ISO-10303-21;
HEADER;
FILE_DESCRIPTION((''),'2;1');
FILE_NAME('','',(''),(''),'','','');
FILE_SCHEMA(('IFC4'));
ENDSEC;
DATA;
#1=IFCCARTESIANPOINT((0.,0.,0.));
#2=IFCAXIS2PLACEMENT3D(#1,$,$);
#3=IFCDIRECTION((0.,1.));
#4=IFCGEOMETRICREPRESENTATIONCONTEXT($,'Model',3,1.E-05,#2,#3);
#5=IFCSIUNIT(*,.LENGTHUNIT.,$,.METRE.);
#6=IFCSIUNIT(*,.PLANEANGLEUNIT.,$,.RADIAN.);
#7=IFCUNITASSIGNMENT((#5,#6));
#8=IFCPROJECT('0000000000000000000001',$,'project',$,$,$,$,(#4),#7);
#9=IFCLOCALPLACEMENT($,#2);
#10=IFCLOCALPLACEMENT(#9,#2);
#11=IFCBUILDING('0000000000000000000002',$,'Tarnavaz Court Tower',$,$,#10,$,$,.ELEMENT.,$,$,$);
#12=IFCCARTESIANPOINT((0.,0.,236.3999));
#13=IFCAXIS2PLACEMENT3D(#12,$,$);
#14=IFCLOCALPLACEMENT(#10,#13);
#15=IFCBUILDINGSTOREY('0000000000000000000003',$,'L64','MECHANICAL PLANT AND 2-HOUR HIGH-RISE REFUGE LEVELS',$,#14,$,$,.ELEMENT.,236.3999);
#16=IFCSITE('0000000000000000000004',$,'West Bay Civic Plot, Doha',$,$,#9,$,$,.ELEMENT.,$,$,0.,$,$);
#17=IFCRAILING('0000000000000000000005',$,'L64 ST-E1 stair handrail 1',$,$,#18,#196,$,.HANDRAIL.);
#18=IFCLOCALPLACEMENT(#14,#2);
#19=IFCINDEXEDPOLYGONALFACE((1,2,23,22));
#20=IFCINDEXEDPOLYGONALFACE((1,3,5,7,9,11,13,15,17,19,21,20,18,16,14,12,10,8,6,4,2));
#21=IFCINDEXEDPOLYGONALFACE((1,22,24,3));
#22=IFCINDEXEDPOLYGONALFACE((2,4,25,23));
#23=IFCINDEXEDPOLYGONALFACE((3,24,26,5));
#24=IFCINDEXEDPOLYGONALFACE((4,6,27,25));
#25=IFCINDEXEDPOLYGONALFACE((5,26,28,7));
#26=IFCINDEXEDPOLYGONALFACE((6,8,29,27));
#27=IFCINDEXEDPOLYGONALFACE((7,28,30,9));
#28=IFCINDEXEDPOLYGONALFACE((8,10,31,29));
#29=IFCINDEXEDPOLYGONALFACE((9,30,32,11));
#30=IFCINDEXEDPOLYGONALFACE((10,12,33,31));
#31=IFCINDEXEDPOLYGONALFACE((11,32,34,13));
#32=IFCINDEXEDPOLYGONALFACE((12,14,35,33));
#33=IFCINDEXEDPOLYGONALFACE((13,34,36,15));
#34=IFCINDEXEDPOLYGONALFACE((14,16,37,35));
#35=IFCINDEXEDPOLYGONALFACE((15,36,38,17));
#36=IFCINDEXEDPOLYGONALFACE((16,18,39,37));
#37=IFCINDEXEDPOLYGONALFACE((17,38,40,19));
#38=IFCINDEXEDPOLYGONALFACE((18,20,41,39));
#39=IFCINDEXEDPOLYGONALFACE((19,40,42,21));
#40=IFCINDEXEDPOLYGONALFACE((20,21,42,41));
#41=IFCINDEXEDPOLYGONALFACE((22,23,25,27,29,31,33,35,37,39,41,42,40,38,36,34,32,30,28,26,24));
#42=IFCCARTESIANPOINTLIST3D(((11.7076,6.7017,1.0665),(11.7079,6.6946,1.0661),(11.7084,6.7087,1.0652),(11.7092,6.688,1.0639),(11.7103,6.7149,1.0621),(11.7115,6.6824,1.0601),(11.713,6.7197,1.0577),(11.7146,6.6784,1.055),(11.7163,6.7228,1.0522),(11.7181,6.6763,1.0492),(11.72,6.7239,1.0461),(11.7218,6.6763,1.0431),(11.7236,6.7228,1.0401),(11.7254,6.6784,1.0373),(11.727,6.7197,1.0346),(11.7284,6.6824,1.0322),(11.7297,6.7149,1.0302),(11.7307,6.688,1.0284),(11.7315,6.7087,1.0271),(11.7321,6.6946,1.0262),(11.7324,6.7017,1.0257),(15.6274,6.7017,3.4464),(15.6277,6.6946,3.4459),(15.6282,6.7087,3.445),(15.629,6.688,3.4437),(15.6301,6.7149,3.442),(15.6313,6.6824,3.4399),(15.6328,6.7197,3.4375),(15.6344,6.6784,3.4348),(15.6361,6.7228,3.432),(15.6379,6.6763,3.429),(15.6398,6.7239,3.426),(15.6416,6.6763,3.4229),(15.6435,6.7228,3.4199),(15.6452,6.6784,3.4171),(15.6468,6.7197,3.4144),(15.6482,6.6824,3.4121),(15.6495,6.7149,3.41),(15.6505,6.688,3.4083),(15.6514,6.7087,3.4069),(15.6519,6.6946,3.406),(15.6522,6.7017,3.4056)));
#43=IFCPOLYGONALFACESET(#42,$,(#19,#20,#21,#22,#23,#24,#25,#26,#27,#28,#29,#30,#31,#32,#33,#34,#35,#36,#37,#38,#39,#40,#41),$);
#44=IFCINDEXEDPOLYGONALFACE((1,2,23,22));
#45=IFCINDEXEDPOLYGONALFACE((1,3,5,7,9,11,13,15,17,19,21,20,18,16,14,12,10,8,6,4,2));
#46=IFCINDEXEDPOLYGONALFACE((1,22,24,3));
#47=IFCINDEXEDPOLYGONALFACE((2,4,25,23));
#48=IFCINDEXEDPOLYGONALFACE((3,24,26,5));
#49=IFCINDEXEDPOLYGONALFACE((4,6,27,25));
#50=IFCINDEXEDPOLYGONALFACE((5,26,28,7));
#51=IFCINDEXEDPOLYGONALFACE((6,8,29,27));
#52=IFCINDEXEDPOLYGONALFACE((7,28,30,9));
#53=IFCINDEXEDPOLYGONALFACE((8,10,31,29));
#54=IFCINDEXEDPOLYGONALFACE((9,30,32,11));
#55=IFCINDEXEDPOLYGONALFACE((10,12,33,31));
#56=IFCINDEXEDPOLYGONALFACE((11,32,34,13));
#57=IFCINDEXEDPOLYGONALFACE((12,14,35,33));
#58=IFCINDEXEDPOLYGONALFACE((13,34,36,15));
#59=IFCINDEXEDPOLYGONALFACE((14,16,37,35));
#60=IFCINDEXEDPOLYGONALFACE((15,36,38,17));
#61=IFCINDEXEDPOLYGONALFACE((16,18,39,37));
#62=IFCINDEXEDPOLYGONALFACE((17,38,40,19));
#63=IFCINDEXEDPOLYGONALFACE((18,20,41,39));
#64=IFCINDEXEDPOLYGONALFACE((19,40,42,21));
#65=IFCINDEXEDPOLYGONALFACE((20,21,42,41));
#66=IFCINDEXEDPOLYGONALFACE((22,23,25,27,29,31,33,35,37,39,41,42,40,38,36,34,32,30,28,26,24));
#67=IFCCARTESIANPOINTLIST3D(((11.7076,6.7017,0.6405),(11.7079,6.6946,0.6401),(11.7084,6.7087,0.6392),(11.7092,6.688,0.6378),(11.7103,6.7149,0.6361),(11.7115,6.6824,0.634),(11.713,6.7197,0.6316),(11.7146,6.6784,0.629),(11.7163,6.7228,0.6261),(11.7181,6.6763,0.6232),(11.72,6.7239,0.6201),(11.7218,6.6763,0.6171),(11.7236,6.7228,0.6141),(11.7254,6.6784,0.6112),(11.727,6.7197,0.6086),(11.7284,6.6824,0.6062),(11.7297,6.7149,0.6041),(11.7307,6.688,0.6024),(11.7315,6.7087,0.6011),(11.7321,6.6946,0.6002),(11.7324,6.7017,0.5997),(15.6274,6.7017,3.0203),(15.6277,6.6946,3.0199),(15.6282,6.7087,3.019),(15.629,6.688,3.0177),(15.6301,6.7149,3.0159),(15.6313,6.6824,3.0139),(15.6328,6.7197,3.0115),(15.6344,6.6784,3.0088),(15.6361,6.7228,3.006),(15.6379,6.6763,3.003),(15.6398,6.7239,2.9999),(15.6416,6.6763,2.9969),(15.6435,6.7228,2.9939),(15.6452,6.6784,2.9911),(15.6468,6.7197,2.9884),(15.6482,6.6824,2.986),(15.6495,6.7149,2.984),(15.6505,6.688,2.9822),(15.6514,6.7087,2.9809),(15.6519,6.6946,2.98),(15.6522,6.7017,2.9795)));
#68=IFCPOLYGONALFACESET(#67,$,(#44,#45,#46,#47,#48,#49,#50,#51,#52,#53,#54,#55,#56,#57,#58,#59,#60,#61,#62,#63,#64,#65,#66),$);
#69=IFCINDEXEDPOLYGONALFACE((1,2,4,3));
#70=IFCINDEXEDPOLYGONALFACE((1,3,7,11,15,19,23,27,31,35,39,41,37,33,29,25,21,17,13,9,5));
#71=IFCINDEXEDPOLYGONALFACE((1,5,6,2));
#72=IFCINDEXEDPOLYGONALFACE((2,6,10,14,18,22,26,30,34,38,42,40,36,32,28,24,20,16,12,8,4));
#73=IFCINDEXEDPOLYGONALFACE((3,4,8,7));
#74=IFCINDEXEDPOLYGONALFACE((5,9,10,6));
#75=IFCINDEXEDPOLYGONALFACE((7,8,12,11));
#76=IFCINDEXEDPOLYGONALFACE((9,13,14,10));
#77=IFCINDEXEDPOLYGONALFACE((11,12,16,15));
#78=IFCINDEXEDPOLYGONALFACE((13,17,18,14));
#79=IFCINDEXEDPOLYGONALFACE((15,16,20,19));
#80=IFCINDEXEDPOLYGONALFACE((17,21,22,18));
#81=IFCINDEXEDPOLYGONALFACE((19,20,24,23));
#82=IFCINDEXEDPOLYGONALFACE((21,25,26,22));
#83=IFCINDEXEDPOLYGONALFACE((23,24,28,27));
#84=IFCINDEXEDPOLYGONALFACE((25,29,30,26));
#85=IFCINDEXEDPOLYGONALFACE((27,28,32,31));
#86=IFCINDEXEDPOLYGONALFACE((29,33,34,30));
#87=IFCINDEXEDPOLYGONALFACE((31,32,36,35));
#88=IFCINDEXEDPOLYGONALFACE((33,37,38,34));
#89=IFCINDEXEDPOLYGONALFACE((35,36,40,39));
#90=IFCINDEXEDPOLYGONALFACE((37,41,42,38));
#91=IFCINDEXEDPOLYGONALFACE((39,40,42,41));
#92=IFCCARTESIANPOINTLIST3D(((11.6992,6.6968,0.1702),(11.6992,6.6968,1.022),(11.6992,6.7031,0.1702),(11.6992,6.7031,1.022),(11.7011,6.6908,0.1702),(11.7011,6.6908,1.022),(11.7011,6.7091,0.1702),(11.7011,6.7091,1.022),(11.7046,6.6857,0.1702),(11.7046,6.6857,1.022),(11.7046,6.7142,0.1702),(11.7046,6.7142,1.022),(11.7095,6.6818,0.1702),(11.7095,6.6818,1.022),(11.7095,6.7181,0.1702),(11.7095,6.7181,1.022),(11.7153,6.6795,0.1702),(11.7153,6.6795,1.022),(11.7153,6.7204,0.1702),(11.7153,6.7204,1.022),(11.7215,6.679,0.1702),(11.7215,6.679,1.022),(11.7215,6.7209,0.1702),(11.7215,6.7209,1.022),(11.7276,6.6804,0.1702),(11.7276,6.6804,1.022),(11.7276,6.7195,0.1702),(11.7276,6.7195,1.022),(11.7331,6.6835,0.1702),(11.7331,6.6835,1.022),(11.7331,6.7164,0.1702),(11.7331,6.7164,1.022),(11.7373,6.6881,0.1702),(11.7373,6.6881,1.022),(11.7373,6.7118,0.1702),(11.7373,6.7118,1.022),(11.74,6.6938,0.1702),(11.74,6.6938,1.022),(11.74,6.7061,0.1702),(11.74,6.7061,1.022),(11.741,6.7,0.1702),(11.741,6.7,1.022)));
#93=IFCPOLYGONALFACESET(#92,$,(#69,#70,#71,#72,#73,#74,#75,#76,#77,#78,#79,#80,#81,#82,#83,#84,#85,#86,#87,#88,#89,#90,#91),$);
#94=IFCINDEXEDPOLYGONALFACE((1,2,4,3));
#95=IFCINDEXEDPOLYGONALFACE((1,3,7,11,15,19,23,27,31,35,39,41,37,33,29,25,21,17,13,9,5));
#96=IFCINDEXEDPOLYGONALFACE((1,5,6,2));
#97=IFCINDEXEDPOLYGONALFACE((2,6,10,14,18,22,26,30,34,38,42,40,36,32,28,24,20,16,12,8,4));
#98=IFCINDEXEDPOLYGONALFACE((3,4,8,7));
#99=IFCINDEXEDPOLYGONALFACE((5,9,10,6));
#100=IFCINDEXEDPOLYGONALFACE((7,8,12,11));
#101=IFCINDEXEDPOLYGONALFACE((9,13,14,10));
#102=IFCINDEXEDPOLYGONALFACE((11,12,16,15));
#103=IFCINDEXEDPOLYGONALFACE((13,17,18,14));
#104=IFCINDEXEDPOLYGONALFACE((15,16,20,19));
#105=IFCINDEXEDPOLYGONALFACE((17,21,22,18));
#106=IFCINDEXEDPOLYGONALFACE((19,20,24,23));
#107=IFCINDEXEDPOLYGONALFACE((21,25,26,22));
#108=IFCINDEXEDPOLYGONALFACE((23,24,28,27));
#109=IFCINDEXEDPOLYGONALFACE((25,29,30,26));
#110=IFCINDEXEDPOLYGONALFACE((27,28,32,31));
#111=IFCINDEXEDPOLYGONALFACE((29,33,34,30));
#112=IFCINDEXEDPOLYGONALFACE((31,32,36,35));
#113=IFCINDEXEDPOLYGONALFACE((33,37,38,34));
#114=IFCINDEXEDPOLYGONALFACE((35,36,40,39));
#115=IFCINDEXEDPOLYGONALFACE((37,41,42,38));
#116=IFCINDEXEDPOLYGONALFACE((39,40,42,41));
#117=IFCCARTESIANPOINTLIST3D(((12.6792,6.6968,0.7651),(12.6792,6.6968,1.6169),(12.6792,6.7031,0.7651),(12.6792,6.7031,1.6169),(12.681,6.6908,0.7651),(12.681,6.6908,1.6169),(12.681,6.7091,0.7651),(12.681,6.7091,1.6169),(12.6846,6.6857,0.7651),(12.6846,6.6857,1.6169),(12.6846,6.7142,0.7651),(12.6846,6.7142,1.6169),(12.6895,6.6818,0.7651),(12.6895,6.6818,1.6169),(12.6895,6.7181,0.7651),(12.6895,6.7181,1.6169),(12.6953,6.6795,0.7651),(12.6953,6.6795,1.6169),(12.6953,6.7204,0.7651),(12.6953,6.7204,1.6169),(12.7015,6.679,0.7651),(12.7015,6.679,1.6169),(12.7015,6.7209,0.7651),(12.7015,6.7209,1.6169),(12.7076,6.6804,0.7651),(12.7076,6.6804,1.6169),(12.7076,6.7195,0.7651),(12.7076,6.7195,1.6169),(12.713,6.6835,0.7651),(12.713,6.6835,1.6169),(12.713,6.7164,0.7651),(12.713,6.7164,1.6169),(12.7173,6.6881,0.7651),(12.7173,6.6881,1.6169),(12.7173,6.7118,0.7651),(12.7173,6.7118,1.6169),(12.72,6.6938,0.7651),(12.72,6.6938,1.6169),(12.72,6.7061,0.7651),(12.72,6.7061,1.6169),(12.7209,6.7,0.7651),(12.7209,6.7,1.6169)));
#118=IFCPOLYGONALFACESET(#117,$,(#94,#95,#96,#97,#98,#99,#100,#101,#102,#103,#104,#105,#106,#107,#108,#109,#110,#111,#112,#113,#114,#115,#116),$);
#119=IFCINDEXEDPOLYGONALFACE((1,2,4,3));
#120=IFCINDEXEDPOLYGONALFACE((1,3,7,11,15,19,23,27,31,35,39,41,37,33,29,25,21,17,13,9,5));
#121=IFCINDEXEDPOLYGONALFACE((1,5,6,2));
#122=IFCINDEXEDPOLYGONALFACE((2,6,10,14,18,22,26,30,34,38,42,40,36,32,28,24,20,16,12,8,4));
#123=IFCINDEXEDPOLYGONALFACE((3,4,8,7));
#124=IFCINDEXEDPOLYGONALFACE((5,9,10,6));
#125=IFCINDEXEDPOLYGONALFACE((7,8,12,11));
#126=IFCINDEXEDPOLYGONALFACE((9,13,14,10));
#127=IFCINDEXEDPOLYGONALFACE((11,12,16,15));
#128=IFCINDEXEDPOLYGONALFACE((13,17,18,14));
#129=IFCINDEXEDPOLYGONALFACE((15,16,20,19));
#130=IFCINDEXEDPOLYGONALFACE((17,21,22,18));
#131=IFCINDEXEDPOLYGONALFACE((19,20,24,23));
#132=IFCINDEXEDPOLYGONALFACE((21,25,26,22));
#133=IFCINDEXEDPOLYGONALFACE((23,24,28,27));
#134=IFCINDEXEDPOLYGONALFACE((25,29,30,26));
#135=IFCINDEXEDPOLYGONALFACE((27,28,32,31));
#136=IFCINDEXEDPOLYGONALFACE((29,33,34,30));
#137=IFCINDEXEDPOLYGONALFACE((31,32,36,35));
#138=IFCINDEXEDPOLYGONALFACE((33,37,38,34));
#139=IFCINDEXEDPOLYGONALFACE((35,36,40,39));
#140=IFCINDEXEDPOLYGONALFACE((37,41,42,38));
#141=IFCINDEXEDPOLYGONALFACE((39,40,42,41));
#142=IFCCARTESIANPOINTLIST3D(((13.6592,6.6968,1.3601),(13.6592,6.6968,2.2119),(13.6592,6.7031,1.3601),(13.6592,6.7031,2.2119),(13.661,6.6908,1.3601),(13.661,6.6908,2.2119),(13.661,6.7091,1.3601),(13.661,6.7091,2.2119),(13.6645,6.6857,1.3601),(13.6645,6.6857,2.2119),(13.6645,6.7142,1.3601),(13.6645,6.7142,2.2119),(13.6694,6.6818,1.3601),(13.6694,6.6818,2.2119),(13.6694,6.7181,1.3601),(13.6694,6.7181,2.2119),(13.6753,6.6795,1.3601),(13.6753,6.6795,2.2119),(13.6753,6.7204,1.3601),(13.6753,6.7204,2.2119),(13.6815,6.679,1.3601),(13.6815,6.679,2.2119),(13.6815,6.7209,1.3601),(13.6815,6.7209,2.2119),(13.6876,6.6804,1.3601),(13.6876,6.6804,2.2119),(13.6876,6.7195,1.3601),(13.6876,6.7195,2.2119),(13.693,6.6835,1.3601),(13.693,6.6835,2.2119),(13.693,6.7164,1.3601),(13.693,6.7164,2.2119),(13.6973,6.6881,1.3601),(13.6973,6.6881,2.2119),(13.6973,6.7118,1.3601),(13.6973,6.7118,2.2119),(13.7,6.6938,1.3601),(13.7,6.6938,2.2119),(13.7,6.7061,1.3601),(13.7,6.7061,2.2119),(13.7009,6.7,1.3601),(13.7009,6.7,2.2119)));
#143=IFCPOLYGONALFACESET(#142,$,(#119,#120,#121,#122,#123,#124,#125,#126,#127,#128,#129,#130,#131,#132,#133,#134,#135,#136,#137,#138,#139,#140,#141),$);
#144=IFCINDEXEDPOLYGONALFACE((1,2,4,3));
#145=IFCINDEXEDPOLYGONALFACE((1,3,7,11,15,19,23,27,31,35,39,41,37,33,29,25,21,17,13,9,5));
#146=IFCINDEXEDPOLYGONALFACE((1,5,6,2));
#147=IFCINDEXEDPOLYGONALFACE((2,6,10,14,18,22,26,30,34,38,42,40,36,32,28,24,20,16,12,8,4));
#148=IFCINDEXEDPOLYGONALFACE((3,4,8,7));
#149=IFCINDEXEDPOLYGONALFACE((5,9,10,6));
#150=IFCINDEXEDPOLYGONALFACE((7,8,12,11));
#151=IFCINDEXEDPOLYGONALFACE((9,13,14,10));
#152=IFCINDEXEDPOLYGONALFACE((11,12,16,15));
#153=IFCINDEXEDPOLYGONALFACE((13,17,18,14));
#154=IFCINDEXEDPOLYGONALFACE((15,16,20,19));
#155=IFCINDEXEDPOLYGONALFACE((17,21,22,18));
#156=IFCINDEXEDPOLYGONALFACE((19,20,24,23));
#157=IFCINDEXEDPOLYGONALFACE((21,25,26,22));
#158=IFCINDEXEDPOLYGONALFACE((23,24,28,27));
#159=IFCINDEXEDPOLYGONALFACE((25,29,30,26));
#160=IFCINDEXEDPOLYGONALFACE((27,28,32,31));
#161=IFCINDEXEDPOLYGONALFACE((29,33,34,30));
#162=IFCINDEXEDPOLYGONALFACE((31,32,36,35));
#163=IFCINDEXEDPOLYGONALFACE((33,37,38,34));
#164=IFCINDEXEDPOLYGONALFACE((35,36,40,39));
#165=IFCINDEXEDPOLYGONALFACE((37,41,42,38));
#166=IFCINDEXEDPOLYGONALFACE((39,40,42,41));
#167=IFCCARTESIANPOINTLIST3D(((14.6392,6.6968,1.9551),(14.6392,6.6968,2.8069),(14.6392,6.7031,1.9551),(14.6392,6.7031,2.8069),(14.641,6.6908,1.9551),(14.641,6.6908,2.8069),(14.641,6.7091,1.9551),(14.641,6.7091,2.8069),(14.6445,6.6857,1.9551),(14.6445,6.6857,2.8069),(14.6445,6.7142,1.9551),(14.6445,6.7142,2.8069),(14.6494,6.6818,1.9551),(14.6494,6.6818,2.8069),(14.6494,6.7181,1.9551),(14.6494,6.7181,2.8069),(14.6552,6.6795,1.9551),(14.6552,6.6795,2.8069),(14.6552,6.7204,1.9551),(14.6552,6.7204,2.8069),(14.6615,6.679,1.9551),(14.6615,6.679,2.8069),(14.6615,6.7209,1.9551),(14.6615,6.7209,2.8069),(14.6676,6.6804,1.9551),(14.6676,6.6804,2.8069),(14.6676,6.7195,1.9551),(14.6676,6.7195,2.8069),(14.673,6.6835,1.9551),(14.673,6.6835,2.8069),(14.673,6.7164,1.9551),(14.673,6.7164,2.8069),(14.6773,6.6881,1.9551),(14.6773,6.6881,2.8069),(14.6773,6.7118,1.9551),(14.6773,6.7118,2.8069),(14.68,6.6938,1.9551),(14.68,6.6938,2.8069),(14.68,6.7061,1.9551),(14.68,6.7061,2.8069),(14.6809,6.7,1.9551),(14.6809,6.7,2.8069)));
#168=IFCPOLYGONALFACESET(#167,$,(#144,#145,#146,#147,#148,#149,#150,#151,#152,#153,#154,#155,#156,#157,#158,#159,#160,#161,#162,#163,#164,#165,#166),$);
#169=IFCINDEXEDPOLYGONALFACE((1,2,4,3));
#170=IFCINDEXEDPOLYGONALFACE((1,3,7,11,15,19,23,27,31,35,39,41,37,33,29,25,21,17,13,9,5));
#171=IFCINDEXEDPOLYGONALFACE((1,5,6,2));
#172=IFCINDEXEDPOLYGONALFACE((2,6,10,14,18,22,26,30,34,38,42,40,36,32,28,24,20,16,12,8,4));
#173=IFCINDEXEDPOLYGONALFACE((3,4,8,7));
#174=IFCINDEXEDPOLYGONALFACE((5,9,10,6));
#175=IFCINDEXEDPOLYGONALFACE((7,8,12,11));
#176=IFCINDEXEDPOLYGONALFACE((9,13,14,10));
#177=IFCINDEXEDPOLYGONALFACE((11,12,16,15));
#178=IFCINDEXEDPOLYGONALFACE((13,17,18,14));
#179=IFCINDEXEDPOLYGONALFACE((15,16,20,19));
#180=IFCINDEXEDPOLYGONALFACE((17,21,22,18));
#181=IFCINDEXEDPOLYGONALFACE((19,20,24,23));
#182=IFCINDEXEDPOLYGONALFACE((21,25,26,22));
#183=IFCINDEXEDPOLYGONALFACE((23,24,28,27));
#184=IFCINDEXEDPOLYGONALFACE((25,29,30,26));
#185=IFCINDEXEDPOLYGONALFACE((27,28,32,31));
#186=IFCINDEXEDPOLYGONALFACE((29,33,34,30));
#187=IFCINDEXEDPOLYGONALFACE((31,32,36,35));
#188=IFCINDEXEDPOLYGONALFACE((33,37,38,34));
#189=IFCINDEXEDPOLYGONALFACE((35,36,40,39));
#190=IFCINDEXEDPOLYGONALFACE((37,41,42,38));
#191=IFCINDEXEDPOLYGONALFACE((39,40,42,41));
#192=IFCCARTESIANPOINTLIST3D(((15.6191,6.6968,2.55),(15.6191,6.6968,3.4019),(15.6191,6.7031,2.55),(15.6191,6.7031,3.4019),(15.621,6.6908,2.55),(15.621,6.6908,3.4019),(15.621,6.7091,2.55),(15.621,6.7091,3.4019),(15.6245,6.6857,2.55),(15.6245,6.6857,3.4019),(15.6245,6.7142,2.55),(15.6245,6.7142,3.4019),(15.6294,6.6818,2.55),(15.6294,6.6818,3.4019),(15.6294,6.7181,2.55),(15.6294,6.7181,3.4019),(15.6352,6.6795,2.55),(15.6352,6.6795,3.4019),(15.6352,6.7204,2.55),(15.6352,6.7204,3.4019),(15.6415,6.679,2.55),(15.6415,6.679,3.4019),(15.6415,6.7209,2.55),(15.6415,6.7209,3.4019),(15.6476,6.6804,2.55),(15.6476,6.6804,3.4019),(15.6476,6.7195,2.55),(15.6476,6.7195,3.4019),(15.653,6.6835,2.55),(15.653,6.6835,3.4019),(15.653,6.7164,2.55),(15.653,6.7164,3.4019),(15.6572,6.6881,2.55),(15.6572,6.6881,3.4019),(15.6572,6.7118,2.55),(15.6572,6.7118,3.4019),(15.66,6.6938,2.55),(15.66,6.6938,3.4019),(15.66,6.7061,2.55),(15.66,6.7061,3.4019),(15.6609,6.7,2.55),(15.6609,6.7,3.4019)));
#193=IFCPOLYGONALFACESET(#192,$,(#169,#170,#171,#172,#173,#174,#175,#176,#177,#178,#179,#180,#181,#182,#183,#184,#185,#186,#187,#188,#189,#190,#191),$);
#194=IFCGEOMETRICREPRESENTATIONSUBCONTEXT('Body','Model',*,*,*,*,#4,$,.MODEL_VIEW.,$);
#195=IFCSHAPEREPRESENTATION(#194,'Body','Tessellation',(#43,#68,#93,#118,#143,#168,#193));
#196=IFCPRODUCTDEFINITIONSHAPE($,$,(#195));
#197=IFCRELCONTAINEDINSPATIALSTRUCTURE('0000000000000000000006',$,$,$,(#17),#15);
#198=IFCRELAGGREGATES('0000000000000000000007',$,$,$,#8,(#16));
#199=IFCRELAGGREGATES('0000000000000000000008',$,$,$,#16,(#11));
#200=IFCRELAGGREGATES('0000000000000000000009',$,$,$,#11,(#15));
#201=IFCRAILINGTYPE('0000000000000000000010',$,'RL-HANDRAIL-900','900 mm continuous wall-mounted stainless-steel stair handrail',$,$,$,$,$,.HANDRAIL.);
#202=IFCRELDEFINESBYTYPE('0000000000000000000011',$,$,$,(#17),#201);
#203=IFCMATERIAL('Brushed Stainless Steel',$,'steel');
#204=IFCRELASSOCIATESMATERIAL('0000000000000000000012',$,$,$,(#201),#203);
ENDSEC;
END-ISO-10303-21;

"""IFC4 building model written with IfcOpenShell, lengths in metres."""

from ifc_helpers import new_model, si_unit, direction, frame, origin, origin_2d, place, context, subcontext, project, spatial, circle, extrude, material, type_object, element, save


model = new_model("IFC4")

# Units and contexts
model_context = context("Model", 3, precision=1e-05, world=origin(), true_north=direction((0.0, 1.0)))
body_context = subcontext(model_context, "Body", "Model", "MODEL_VIEW")
ifc_project = project(units=[si_unit("LENGTHUNIT", "METRE"), si_unit("PLANEANGLEUNIT", "RADIAN")], contexts=[model_context])

# Site, building, storey
site_placement = place(None, origin())
site = spatial("IfcSite", under=ifc_project, at=site_placement, Name="West Bay Civic Plot, Doha", CompositionType="ELEMENT", RefElevation=0.0)
building_placement = place(site_placement, origin())
building = spatial("IfcBuilding", under=site, at=building_placement, Name="Tarnavaz Court Tower", CompositionType="ELEMENT")
storey_placement = place(building_placement, frame((0.0, 0.0, 236.3999)))
storey = spatial("IfcBuildingStorey", under=building, at=storey_placement, Name="L64", Description="MECHANICAL PLANT AND 2-HOUR HIGH-RISE REFUGE LEVELS", CompositionType="ELEMENT", Elevation=236.3999)

# Railing
ifc_material_1 = material(Name="Brushed Stainless Steel", Category="steel")
railing_type_1 = type_object("IfcRailingType", Name="RL-HANDRAIL-900", Description="900 mm continuous wall-mounted stainless-steel stair handrail", PredefinedType="HANDRAIL", material=ifc_material_1)
railing_1_placement = place(storey_placement, frame((11.72, 6.7, 0.1702)))
element("IfcRailing", 1, at=railing_1_placement, inside=storey, type_object=railing_type_1, Name="L64 ST-E1 stair handrail 1", PredefinedType="HANDRAIL", context=body_context, shape_type="SweptSolid", body=[
    extrude(circle(Radius=0.0239, at=origin_2d()), frame((0.0, 0.0, 0.876), z_axis=(0.854794, 0.0, 0.518967), x_axis=(0.0, 1.0, 0.0)), (0.0, 0.0, 1.0), 4.5857),
    extrude(circle(Radius=0.0239, at=origin_2d()), frame((0.0, 0.0, 0.45), z_axis=(0.854794, 0.0, 0.518967), x_axis=(0.0, 1.0, 0.0)), (0.0, 0.0, 1.0), 4.5857),
    extrude(circle(Radius=0.021, at=origin_2d()), origin(), (0.0, 0.0, 1.0), 0.8518),
    extrude(circle(Radius=0.021, at=origin_2d()), frame((0.98, 0.0, 0.595)), (0.0, 0.0, 1.0), 0.8518),
    extrude(circle(Radius=0.021, at=origin_2d()), frame((1.96, 0.0, 1.1899)), (0.0, 0.0, 1.0), 0.8518),
    extrude(circle(Radius=0.021, at=origin_2d()), frame((2.9399, 0.0, 1.7849)), (0.0, 0.0, 1.0), 0.8518),
    extrude(circle(Radius=0.021, at=origin_2d()), frame((3.9199, 0.0, 2.3799)), (0.0, 0.0, 1.0), 0.8518),
])

save(model, "model.ifc")
